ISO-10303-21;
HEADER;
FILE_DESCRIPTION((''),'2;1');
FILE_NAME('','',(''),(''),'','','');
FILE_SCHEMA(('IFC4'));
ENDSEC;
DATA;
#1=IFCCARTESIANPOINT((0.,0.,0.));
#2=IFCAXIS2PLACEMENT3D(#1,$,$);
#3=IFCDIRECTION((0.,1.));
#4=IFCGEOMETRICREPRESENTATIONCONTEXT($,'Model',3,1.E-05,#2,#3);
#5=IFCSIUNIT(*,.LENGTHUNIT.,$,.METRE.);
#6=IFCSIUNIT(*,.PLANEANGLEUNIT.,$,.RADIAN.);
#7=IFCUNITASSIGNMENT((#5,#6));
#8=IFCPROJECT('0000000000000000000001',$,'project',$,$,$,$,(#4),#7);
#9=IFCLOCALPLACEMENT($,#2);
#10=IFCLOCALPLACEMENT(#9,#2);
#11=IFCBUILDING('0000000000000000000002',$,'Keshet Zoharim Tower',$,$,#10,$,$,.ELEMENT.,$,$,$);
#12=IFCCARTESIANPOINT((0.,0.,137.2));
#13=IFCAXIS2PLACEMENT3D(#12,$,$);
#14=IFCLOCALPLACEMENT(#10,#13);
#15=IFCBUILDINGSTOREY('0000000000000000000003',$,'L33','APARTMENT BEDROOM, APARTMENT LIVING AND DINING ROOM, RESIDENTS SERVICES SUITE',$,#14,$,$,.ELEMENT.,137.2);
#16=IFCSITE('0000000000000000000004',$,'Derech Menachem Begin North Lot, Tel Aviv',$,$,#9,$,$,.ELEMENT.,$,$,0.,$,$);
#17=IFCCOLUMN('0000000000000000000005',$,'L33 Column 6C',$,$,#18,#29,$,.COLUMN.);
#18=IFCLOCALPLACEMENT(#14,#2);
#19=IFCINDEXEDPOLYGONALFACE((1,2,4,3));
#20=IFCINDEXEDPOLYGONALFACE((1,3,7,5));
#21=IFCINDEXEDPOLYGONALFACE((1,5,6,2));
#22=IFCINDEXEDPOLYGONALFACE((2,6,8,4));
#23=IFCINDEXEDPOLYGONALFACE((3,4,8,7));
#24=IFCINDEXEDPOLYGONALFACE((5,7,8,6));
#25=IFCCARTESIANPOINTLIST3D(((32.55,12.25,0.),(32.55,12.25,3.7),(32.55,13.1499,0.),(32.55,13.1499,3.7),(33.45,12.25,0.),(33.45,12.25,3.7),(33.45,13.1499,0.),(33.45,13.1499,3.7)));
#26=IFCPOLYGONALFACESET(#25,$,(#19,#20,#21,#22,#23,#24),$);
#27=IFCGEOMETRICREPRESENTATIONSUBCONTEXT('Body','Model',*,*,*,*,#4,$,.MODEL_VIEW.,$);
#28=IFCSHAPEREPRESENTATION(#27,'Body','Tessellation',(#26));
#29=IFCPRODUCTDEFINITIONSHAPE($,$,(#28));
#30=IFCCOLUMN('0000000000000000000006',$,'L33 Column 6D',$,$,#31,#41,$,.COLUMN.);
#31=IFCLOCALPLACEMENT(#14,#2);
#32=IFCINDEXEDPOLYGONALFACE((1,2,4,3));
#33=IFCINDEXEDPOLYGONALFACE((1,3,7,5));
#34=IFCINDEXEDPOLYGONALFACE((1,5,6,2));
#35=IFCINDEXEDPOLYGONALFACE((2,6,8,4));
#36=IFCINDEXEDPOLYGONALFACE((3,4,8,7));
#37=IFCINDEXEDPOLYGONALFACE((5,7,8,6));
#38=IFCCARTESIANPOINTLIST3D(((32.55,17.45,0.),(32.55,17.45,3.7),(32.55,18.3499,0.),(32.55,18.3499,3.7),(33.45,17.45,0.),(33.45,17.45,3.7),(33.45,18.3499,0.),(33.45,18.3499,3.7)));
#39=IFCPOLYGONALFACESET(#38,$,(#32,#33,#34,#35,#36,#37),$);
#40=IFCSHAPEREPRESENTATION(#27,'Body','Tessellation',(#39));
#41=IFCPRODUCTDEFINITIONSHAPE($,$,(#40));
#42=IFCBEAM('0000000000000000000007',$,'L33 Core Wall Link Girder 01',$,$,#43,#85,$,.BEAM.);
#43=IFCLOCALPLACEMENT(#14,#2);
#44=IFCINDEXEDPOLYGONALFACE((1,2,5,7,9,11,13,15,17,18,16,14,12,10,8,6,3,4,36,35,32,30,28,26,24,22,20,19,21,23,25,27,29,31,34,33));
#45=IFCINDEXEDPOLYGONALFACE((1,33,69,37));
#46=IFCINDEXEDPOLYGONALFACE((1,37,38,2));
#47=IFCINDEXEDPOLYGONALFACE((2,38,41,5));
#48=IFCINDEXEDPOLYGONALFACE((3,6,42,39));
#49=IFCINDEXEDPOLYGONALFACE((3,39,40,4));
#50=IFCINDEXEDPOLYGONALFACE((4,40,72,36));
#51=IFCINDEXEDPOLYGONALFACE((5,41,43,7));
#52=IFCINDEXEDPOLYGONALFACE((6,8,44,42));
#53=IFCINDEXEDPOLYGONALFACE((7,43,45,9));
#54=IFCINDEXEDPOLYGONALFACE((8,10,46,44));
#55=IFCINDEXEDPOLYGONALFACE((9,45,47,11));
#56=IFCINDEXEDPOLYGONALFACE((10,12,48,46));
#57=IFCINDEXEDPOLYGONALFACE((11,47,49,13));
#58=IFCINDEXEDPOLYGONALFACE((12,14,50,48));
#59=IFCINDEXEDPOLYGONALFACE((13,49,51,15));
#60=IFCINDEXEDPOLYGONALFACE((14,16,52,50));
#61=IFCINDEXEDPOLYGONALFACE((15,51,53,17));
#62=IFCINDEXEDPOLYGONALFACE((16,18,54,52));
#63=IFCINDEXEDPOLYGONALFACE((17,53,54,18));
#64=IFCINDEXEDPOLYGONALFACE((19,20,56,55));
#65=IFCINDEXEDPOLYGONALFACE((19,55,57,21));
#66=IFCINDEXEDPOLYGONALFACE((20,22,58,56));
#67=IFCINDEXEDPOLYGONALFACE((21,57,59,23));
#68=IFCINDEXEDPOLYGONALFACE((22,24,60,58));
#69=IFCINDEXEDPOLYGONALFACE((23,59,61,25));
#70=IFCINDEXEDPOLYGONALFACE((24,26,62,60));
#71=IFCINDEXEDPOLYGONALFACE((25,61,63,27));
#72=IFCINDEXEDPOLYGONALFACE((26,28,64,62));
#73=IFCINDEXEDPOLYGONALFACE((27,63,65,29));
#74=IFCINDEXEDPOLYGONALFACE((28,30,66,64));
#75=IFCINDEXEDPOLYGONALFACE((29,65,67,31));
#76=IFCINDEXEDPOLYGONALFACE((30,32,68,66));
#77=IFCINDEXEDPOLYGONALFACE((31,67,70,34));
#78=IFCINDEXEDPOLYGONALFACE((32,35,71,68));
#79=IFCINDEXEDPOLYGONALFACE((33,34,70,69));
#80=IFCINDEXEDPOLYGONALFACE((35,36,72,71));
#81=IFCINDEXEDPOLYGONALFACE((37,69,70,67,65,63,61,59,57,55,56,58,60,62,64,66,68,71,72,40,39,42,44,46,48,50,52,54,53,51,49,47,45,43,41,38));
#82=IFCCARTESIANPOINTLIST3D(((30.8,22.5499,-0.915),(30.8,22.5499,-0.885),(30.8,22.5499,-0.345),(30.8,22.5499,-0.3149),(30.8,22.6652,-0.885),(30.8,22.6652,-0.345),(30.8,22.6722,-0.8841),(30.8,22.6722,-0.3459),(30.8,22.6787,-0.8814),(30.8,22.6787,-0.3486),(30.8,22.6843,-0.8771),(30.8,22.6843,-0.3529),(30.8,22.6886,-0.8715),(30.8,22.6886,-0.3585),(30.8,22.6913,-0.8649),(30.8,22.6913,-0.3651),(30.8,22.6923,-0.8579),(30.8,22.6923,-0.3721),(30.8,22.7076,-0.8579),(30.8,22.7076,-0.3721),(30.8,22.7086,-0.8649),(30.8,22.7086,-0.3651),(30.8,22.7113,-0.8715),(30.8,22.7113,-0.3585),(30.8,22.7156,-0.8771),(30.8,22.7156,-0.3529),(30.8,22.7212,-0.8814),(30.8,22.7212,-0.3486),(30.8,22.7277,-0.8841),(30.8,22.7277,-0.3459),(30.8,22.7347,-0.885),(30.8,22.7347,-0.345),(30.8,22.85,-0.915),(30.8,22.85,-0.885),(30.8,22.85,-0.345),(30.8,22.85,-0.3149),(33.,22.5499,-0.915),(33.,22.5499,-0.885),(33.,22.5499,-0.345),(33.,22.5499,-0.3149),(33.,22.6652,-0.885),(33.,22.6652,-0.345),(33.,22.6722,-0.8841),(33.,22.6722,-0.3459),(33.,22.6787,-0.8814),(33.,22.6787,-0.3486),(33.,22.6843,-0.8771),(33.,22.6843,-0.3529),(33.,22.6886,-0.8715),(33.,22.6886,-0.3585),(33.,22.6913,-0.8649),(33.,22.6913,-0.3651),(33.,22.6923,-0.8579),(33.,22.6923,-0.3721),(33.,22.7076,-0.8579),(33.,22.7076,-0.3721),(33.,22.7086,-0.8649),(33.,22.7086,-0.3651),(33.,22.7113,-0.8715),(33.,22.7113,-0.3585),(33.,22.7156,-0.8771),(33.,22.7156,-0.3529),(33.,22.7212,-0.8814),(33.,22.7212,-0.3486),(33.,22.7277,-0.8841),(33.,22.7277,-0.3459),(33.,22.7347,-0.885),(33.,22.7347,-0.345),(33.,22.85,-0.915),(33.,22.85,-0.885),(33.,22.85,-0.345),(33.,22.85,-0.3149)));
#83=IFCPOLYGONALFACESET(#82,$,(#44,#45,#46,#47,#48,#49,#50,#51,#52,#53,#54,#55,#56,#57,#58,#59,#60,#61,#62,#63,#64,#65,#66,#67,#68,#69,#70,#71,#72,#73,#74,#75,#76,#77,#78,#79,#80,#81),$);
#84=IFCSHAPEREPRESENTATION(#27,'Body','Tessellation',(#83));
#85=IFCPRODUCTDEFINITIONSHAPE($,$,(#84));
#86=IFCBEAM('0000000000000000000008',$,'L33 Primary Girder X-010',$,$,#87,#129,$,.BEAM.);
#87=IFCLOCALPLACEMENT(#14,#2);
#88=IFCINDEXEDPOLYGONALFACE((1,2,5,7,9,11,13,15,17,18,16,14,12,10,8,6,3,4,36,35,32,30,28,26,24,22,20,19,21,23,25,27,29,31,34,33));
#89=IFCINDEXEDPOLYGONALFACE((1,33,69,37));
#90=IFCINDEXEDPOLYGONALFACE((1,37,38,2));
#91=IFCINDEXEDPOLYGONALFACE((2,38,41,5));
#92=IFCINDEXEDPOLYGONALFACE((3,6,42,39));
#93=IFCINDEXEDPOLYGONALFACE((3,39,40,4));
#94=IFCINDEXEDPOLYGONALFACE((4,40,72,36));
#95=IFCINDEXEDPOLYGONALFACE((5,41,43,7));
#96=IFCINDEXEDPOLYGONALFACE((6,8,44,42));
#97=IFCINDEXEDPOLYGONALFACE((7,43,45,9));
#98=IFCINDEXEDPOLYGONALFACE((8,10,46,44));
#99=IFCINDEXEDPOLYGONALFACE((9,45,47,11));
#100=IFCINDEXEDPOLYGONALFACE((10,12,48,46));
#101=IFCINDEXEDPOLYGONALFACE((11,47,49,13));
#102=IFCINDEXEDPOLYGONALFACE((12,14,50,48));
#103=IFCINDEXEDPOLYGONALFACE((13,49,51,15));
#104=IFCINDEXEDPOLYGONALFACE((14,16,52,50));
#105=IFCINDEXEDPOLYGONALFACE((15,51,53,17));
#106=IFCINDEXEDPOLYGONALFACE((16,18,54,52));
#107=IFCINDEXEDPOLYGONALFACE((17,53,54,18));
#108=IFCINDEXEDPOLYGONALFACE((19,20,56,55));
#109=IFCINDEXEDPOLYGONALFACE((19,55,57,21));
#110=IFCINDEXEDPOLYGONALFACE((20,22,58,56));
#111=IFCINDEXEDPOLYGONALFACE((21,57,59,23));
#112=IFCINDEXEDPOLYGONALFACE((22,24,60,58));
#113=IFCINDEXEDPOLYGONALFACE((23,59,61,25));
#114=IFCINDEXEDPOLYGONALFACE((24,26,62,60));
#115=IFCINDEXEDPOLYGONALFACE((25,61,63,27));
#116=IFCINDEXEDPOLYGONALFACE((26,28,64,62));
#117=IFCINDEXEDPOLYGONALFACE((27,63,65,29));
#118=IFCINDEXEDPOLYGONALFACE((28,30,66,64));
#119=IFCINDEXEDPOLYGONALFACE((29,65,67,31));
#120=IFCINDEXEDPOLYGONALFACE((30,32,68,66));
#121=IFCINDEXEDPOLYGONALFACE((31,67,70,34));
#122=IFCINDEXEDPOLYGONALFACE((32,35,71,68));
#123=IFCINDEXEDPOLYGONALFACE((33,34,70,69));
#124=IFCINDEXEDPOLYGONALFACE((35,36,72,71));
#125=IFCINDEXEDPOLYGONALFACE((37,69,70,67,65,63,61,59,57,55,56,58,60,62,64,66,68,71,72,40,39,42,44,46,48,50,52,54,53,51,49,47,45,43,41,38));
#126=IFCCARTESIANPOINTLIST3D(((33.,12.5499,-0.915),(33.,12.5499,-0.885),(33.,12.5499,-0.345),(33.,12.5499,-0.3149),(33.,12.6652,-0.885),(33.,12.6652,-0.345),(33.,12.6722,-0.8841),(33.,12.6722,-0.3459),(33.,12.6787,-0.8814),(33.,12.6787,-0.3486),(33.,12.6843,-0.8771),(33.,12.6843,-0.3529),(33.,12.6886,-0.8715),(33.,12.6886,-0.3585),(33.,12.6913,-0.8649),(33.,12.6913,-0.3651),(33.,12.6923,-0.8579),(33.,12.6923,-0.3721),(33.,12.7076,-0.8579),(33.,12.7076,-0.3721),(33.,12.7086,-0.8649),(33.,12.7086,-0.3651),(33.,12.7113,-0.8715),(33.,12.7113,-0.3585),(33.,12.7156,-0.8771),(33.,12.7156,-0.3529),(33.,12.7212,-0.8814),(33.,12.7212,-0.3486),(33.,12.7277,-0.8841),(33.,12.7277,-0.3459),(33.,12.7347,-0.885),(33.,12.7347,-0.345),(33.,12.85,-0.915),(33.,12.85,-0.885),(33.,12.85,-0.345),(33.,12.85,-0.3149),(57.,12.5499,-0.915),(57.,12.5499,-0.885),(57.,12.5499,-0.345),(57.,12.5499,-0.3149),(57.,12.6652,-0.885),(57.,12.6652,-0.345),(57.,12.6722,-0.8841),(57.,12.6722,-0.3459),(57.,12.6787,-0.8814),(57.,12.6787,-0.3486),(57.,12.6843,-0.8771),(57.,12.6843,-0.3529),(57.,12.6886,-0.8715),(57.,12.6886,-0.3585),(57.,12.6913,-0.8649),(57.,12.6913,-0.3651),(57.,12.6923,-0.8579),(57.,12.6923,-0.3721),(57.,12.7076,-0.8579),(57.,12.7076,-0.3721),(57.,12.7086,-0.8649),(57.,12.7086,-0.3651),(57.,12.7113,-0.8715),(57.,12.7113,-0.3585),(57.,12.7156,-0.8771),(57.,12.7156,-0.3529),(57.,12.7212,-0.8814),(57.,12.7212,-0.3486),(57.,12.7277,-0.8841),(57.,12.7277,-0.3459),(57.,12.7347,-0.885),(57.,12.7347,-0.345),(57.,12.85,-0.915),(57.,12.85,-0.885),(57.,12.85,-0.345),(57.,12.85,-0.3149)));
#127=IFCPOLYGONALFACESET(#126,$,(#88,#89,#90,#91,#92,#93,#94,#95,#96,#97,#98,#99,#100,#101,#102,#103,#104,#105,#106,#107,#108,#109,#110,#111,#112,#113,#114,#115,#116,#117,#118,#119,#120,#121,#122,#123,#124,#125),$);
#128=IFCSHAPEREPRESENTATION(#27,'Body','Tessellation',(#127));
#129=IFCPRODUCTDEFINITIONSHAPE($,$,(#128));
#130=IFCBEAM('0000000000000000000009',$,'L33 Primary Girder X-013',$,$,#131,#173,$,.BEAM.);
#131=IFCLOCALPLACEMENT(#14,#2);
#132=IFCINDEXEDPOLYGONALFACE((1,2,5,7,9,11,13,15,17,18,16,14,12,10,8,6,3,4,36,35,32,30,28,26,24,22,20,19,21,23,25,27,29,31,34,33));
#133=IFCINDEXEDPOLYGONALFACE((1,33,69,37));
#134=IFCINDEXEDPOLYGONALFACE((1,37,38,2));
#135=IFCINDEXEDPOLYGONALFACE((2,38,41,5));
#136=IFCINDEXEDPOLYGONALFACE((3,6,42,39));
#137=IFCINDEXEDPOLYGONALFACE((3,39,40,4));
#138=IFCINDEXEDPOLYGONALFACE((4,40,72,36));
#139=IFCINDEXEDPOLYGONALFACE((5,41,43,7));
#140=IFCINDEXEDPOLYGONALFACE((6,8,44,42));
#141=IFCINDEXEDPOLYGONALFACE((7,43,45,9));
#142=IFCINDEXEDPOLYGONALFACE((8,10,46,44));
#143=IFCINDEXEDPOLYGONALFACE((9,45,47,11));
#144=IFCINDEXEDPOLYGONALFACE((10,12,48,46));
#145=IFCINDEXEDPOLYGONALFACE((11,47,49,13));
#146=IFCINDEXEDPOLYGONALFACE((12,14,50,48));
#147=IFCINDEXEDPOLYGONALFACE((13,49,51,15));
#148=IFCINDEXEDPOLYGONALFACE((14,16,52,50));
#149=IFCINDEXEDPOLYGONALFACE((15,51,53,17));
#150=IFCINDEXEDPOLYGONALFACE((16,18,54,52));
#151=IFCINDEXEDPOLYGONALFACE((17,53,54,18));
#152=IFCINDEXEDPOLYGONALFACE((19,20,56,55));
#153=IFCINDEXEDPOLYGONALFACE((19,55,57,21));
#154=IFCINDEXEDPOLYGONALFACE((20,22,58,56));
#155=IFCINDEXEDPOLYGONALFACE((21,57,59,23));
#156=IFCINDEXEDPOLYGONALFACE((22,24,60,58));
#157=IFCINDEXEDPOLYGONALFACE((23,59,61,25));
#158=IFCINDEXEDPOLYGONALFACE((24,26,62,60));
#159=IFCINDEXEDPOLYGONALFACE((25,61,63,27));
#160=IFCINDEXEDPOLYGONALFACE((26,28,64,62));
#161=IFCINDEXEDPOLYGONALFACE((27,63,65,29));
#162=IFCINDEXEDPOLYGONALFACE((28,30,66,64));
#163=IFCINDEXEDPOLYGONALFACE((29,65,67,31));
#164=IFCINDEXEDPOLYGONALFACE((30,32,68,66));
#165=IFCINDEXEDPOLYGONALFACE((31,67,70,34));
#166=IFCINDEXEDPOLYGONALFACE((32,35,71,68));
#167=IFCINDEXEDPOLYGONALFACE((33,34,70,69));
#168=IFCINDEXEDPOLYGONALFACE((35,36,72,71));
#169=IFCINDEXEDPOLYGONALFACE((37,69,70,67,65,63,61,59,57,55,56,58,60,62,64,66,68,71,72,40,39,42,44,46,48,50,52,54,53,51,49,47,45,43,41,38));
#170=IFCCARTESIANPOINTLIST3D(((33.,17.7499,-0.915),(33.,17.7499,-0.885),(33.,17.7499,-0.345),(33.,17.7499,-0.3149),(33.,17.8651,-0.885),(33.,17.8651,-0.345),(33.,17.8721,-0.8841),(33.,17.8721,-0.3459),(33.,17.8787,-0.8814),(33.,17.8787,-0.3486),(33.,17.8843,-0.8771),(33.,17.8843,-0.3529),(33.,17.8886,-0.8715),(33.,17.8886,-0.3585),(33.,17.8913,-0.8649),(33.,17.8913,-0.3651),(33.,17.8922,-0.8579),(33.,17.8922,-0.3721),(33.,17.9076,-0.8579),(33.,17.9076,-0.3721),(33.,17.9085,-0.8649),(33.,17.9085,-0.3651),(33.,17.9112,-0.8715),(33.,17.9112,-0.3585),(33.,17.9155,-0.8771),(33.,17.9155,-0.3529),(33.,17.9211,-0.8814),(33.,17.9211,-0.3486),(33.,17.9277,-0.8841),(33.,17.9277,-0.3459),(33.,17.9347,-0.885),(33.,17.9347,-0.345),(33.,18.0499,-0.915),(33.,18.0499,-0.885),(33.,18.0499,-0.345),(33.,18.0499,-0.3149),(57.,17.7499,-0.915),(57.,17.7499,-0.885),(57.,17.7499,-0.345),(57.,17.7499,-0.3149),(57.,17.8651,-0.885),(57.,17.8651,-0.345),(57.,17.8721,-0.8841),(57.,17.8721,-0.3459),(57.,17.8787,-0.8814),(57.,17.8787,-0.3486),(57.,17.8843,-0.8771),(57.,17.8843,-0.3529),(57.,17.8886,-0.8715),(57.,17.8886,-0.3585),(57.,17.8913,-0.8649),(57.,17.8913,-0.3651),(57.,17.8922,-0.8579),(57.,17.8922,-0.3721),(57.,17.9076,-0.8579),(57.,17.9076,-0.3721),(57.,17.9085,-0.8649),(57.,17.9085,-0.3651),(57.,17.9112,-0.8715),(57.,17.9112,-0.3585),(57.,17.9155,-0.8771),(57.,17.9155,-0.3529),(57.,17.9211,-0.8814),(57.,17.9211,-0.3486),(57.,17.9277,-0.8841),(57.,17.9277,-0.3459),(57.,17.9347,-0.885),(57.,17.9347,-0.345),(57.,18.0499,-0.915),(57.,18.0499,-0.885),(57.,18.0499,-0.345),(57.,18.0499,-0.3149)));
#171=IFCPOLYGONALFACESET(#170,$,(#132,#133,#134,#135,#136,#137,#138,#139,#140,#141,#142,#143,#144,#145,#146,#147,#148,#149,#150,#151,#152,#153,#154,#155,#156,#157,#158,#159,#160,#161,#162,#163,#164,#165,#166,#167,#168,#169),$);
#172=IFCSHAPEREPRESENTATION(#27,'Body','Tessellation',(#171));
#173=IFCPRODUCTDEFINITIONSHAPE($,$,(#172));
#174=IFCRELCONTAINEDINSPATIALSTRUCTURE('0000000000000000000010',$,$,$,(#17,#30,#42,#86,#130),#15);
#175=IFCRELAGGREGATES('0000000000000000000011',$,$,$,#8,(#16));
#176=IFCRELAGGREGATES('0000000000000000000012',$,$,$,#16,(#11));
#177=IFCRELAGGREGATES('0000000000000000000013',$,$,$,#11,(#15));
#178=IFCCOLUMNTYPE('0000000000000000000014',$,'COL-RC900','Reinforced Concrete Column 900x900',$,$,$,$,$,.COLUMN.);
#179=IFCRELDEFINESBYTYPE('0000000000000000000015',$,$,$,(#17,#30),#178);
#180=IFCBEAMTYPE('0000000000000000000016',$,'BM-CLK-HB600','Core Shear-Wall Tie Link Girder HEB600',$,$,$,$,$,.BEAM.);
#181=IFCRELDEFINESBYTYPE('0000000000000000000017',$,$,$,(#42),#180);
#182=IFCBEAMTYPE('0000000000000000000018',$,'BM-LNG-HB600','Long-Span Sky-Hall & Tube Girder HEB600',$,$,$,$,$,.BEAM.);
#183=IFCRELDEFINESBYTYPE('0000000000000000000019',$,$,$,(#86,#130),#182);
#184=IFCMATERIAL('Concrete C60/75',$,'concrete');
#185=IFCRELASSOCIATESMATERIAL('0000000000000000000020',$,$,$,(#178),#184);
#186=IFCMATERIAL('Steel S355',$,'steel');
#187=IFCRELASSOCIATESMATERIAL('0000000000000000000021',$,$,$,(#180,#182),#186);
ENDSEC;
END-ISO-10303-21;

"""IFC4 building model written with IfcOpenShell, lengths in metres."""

from ifc_helpers import new_model, si_unit, direction, frame, origin, origin_2d, place, context, subcontext, project, spatial, rectangle, i_section, extrude, material, material_profile, profile_set, type_object, element, save


model = new_model("IFC4")

# Units and contexts
model_context = context("Model", 3, precision=1e-05, world=origin(), true_north=direction((0.0, 1.0)))
body_context = subcontext(model_context, "Body", "Model", "MODEL_VIEW")
ifc_project = project(units=[si_unit("LENGTHUNIT", "METRE"), si_unit("PLANEANGLEUNIT", "RADIAN")], contexts=[model_context])

# Site, building, storey
site_placement = place(None, origin())
site = spatial("IfcSite", under=ifc_project, at=site_placement, Name="Derech Menachem Begin North Lot, Tel Aviv", CompositionType="ELEMENT", RefElevation=0.0)
building_placement = place(site_placement, origin())
building = spatial("IfcBuilding", under=site, at=building_placement, Name="Keshet Zoharim Tower", CompositionType="ELEMENT")
storey_placement = place(building_placement, frame((0.0, 0.0, 137.2)))
storey = spatial("IfcBuildingStorey", under=building, at=storey_placement, Name="L33", Description="APARTMENT BEDROOM, APARTMENT LIVING AND DINING ROOM, RESIDENTS SERVICES SUITE", CompositionType="ELEMENT", Elevation=137.2)

# Columns
ifc_material_1 = material(Name="Concrete C60/75", Category="concrete")
ifc_material_profile_1 = material_profile(ifc_material_1, rectangle(XDim=0.8999, YDim=0.8999, at=origin_2d()), Name="RC900x900")
ifc_profile_set_1 = profile_set([ifc_material_profile_1], Name="Concrete C60/75")
column_type = type_object("IfcColumnType", Name="COL-RC900", Description="Reinforced Concrete Column 900x900", PredefinedType="COLUMN", material=ifc_profile_set_1)
for number, where, z_axis, x_axis, name in (
    (1, (33.0, 12.7, 0.0), (0.0, 0.0, 1.0), (1.0, 0.0, 0.0), "L33 Column 6C"),
    (2, (33.0, 17.8999, 0.0), (0.0, 0.0, 1.0), (1.0, 0.0, 0.0), "L33 Column 6D"),
):
    element("IfcColumn", number, at=place(storey_placement, frame(where, z_axis=z_axis, x_axis=x_axis)), inside=storey, type_object=column_type, Name=name, PredefinedType="COLUMN", context=body_context, shape_type="SweptSolid", body=[
        extrude(rectangle(XDim=0.8999, YDim=0.8999, at=origin_2d()), origin(), (0.0, 0.0, 1.0), 3.7),
    ])

# Beams
ifc_material_2 = material(Name="Steel S355", Category="steel")
ifc_material_profile_2 = material_profile(ifc_material_2, i_section(OverallWidth=0.3, OverallDepth=0.6001, WebThickness=0.0154, FlangeThickness=0.03, FilletRadius=0.0271, at=origin_2d()), Name="HEB600")
ifc_profile_set_2 = profile_set([ifc_material_profile_2], Name="Steel S355")
beam_type_1 = type_object("IfcBeamType", Name="BM-CLK-HB600", Description="Core Shear-Wall Tie Link Girder HEB600", PredefinedType="BEAM", material=ifc_profile_set_2)
beam_1_placement = place(storey_placement, frame((30.8, 22.7, -0.615), z_axis=(1.0, 0.0, 0.0), x_axis=(0.0, 1.0, 0.0)))
element("IfcBeam", 3, at=beam_1_placement, inside=storey, type_object=beam_type_1, Name="L33 Core Wall Link Girder 01", PredefinedType="BEAM", context=body_context, shape_type="SweptSolid", body=[
    extrude(i_section(OverallWidth=0.3, OverallDepth=0.6001, WebThickness=0.0154, FlangeThickness=0.03, FilletRadius=0.0271, at=origin_2d()), origin(), (0.0, 0.0, 1.0), 2.2),
])
ifc_material_profile_3 = material_profile(ifc_material_2, i_section(OverallWidth=0.3, OverallDepth=0.6001, WebThickness=0.0154, FlangeThickness=0.03, FilletRadius=0.0271, at=origin_2d()), Name="HEB600")
ifc_profile_set_3 = profile_set([ifc_material_profile_3], Name="Steel S355")
beam_type_2 = type_object("IfcBeamType", Name="BM-LNG-HB600", Description="Long-Span Sky-Hall & Tube Girder HEB600", PredefinedType="BEAM", material=ifc_profile_set_3)
for number, where, z_axis, x_axis, name in (
    (4, (33.0, 12.7, -0.615), (1.0, 0.0, 0.0), (0.0, 1.0, 0.0), "L33 Primary Girder X-010"),
    (5, (33.0, 17.8999, -0.615), (1.0, 0.0, 0.0), (0.0, 1.0, 0.0), "L33 Primary Girder X-013"),
):
    element("IfcBeam", number, at=place(storey_placement, frame(where, z_axis=z_axis, x_axis=x_axis)), inside=storey, type_object=beam_type_2, Name=name, PredefinedType="BEAM", context=body_context, shape_type="SweptSolid", body=[
        extrude(i_section(OverallWidth=0.3, OverallDepth=0.6001, WebThickness=0.0154, FlangeThickness=0.03, FilletRadius=0.0271, at=origin_2d()), origin(), (0.0, 0.0, 1.0), 24.0),
    ])

save(model, "model.ifc")
